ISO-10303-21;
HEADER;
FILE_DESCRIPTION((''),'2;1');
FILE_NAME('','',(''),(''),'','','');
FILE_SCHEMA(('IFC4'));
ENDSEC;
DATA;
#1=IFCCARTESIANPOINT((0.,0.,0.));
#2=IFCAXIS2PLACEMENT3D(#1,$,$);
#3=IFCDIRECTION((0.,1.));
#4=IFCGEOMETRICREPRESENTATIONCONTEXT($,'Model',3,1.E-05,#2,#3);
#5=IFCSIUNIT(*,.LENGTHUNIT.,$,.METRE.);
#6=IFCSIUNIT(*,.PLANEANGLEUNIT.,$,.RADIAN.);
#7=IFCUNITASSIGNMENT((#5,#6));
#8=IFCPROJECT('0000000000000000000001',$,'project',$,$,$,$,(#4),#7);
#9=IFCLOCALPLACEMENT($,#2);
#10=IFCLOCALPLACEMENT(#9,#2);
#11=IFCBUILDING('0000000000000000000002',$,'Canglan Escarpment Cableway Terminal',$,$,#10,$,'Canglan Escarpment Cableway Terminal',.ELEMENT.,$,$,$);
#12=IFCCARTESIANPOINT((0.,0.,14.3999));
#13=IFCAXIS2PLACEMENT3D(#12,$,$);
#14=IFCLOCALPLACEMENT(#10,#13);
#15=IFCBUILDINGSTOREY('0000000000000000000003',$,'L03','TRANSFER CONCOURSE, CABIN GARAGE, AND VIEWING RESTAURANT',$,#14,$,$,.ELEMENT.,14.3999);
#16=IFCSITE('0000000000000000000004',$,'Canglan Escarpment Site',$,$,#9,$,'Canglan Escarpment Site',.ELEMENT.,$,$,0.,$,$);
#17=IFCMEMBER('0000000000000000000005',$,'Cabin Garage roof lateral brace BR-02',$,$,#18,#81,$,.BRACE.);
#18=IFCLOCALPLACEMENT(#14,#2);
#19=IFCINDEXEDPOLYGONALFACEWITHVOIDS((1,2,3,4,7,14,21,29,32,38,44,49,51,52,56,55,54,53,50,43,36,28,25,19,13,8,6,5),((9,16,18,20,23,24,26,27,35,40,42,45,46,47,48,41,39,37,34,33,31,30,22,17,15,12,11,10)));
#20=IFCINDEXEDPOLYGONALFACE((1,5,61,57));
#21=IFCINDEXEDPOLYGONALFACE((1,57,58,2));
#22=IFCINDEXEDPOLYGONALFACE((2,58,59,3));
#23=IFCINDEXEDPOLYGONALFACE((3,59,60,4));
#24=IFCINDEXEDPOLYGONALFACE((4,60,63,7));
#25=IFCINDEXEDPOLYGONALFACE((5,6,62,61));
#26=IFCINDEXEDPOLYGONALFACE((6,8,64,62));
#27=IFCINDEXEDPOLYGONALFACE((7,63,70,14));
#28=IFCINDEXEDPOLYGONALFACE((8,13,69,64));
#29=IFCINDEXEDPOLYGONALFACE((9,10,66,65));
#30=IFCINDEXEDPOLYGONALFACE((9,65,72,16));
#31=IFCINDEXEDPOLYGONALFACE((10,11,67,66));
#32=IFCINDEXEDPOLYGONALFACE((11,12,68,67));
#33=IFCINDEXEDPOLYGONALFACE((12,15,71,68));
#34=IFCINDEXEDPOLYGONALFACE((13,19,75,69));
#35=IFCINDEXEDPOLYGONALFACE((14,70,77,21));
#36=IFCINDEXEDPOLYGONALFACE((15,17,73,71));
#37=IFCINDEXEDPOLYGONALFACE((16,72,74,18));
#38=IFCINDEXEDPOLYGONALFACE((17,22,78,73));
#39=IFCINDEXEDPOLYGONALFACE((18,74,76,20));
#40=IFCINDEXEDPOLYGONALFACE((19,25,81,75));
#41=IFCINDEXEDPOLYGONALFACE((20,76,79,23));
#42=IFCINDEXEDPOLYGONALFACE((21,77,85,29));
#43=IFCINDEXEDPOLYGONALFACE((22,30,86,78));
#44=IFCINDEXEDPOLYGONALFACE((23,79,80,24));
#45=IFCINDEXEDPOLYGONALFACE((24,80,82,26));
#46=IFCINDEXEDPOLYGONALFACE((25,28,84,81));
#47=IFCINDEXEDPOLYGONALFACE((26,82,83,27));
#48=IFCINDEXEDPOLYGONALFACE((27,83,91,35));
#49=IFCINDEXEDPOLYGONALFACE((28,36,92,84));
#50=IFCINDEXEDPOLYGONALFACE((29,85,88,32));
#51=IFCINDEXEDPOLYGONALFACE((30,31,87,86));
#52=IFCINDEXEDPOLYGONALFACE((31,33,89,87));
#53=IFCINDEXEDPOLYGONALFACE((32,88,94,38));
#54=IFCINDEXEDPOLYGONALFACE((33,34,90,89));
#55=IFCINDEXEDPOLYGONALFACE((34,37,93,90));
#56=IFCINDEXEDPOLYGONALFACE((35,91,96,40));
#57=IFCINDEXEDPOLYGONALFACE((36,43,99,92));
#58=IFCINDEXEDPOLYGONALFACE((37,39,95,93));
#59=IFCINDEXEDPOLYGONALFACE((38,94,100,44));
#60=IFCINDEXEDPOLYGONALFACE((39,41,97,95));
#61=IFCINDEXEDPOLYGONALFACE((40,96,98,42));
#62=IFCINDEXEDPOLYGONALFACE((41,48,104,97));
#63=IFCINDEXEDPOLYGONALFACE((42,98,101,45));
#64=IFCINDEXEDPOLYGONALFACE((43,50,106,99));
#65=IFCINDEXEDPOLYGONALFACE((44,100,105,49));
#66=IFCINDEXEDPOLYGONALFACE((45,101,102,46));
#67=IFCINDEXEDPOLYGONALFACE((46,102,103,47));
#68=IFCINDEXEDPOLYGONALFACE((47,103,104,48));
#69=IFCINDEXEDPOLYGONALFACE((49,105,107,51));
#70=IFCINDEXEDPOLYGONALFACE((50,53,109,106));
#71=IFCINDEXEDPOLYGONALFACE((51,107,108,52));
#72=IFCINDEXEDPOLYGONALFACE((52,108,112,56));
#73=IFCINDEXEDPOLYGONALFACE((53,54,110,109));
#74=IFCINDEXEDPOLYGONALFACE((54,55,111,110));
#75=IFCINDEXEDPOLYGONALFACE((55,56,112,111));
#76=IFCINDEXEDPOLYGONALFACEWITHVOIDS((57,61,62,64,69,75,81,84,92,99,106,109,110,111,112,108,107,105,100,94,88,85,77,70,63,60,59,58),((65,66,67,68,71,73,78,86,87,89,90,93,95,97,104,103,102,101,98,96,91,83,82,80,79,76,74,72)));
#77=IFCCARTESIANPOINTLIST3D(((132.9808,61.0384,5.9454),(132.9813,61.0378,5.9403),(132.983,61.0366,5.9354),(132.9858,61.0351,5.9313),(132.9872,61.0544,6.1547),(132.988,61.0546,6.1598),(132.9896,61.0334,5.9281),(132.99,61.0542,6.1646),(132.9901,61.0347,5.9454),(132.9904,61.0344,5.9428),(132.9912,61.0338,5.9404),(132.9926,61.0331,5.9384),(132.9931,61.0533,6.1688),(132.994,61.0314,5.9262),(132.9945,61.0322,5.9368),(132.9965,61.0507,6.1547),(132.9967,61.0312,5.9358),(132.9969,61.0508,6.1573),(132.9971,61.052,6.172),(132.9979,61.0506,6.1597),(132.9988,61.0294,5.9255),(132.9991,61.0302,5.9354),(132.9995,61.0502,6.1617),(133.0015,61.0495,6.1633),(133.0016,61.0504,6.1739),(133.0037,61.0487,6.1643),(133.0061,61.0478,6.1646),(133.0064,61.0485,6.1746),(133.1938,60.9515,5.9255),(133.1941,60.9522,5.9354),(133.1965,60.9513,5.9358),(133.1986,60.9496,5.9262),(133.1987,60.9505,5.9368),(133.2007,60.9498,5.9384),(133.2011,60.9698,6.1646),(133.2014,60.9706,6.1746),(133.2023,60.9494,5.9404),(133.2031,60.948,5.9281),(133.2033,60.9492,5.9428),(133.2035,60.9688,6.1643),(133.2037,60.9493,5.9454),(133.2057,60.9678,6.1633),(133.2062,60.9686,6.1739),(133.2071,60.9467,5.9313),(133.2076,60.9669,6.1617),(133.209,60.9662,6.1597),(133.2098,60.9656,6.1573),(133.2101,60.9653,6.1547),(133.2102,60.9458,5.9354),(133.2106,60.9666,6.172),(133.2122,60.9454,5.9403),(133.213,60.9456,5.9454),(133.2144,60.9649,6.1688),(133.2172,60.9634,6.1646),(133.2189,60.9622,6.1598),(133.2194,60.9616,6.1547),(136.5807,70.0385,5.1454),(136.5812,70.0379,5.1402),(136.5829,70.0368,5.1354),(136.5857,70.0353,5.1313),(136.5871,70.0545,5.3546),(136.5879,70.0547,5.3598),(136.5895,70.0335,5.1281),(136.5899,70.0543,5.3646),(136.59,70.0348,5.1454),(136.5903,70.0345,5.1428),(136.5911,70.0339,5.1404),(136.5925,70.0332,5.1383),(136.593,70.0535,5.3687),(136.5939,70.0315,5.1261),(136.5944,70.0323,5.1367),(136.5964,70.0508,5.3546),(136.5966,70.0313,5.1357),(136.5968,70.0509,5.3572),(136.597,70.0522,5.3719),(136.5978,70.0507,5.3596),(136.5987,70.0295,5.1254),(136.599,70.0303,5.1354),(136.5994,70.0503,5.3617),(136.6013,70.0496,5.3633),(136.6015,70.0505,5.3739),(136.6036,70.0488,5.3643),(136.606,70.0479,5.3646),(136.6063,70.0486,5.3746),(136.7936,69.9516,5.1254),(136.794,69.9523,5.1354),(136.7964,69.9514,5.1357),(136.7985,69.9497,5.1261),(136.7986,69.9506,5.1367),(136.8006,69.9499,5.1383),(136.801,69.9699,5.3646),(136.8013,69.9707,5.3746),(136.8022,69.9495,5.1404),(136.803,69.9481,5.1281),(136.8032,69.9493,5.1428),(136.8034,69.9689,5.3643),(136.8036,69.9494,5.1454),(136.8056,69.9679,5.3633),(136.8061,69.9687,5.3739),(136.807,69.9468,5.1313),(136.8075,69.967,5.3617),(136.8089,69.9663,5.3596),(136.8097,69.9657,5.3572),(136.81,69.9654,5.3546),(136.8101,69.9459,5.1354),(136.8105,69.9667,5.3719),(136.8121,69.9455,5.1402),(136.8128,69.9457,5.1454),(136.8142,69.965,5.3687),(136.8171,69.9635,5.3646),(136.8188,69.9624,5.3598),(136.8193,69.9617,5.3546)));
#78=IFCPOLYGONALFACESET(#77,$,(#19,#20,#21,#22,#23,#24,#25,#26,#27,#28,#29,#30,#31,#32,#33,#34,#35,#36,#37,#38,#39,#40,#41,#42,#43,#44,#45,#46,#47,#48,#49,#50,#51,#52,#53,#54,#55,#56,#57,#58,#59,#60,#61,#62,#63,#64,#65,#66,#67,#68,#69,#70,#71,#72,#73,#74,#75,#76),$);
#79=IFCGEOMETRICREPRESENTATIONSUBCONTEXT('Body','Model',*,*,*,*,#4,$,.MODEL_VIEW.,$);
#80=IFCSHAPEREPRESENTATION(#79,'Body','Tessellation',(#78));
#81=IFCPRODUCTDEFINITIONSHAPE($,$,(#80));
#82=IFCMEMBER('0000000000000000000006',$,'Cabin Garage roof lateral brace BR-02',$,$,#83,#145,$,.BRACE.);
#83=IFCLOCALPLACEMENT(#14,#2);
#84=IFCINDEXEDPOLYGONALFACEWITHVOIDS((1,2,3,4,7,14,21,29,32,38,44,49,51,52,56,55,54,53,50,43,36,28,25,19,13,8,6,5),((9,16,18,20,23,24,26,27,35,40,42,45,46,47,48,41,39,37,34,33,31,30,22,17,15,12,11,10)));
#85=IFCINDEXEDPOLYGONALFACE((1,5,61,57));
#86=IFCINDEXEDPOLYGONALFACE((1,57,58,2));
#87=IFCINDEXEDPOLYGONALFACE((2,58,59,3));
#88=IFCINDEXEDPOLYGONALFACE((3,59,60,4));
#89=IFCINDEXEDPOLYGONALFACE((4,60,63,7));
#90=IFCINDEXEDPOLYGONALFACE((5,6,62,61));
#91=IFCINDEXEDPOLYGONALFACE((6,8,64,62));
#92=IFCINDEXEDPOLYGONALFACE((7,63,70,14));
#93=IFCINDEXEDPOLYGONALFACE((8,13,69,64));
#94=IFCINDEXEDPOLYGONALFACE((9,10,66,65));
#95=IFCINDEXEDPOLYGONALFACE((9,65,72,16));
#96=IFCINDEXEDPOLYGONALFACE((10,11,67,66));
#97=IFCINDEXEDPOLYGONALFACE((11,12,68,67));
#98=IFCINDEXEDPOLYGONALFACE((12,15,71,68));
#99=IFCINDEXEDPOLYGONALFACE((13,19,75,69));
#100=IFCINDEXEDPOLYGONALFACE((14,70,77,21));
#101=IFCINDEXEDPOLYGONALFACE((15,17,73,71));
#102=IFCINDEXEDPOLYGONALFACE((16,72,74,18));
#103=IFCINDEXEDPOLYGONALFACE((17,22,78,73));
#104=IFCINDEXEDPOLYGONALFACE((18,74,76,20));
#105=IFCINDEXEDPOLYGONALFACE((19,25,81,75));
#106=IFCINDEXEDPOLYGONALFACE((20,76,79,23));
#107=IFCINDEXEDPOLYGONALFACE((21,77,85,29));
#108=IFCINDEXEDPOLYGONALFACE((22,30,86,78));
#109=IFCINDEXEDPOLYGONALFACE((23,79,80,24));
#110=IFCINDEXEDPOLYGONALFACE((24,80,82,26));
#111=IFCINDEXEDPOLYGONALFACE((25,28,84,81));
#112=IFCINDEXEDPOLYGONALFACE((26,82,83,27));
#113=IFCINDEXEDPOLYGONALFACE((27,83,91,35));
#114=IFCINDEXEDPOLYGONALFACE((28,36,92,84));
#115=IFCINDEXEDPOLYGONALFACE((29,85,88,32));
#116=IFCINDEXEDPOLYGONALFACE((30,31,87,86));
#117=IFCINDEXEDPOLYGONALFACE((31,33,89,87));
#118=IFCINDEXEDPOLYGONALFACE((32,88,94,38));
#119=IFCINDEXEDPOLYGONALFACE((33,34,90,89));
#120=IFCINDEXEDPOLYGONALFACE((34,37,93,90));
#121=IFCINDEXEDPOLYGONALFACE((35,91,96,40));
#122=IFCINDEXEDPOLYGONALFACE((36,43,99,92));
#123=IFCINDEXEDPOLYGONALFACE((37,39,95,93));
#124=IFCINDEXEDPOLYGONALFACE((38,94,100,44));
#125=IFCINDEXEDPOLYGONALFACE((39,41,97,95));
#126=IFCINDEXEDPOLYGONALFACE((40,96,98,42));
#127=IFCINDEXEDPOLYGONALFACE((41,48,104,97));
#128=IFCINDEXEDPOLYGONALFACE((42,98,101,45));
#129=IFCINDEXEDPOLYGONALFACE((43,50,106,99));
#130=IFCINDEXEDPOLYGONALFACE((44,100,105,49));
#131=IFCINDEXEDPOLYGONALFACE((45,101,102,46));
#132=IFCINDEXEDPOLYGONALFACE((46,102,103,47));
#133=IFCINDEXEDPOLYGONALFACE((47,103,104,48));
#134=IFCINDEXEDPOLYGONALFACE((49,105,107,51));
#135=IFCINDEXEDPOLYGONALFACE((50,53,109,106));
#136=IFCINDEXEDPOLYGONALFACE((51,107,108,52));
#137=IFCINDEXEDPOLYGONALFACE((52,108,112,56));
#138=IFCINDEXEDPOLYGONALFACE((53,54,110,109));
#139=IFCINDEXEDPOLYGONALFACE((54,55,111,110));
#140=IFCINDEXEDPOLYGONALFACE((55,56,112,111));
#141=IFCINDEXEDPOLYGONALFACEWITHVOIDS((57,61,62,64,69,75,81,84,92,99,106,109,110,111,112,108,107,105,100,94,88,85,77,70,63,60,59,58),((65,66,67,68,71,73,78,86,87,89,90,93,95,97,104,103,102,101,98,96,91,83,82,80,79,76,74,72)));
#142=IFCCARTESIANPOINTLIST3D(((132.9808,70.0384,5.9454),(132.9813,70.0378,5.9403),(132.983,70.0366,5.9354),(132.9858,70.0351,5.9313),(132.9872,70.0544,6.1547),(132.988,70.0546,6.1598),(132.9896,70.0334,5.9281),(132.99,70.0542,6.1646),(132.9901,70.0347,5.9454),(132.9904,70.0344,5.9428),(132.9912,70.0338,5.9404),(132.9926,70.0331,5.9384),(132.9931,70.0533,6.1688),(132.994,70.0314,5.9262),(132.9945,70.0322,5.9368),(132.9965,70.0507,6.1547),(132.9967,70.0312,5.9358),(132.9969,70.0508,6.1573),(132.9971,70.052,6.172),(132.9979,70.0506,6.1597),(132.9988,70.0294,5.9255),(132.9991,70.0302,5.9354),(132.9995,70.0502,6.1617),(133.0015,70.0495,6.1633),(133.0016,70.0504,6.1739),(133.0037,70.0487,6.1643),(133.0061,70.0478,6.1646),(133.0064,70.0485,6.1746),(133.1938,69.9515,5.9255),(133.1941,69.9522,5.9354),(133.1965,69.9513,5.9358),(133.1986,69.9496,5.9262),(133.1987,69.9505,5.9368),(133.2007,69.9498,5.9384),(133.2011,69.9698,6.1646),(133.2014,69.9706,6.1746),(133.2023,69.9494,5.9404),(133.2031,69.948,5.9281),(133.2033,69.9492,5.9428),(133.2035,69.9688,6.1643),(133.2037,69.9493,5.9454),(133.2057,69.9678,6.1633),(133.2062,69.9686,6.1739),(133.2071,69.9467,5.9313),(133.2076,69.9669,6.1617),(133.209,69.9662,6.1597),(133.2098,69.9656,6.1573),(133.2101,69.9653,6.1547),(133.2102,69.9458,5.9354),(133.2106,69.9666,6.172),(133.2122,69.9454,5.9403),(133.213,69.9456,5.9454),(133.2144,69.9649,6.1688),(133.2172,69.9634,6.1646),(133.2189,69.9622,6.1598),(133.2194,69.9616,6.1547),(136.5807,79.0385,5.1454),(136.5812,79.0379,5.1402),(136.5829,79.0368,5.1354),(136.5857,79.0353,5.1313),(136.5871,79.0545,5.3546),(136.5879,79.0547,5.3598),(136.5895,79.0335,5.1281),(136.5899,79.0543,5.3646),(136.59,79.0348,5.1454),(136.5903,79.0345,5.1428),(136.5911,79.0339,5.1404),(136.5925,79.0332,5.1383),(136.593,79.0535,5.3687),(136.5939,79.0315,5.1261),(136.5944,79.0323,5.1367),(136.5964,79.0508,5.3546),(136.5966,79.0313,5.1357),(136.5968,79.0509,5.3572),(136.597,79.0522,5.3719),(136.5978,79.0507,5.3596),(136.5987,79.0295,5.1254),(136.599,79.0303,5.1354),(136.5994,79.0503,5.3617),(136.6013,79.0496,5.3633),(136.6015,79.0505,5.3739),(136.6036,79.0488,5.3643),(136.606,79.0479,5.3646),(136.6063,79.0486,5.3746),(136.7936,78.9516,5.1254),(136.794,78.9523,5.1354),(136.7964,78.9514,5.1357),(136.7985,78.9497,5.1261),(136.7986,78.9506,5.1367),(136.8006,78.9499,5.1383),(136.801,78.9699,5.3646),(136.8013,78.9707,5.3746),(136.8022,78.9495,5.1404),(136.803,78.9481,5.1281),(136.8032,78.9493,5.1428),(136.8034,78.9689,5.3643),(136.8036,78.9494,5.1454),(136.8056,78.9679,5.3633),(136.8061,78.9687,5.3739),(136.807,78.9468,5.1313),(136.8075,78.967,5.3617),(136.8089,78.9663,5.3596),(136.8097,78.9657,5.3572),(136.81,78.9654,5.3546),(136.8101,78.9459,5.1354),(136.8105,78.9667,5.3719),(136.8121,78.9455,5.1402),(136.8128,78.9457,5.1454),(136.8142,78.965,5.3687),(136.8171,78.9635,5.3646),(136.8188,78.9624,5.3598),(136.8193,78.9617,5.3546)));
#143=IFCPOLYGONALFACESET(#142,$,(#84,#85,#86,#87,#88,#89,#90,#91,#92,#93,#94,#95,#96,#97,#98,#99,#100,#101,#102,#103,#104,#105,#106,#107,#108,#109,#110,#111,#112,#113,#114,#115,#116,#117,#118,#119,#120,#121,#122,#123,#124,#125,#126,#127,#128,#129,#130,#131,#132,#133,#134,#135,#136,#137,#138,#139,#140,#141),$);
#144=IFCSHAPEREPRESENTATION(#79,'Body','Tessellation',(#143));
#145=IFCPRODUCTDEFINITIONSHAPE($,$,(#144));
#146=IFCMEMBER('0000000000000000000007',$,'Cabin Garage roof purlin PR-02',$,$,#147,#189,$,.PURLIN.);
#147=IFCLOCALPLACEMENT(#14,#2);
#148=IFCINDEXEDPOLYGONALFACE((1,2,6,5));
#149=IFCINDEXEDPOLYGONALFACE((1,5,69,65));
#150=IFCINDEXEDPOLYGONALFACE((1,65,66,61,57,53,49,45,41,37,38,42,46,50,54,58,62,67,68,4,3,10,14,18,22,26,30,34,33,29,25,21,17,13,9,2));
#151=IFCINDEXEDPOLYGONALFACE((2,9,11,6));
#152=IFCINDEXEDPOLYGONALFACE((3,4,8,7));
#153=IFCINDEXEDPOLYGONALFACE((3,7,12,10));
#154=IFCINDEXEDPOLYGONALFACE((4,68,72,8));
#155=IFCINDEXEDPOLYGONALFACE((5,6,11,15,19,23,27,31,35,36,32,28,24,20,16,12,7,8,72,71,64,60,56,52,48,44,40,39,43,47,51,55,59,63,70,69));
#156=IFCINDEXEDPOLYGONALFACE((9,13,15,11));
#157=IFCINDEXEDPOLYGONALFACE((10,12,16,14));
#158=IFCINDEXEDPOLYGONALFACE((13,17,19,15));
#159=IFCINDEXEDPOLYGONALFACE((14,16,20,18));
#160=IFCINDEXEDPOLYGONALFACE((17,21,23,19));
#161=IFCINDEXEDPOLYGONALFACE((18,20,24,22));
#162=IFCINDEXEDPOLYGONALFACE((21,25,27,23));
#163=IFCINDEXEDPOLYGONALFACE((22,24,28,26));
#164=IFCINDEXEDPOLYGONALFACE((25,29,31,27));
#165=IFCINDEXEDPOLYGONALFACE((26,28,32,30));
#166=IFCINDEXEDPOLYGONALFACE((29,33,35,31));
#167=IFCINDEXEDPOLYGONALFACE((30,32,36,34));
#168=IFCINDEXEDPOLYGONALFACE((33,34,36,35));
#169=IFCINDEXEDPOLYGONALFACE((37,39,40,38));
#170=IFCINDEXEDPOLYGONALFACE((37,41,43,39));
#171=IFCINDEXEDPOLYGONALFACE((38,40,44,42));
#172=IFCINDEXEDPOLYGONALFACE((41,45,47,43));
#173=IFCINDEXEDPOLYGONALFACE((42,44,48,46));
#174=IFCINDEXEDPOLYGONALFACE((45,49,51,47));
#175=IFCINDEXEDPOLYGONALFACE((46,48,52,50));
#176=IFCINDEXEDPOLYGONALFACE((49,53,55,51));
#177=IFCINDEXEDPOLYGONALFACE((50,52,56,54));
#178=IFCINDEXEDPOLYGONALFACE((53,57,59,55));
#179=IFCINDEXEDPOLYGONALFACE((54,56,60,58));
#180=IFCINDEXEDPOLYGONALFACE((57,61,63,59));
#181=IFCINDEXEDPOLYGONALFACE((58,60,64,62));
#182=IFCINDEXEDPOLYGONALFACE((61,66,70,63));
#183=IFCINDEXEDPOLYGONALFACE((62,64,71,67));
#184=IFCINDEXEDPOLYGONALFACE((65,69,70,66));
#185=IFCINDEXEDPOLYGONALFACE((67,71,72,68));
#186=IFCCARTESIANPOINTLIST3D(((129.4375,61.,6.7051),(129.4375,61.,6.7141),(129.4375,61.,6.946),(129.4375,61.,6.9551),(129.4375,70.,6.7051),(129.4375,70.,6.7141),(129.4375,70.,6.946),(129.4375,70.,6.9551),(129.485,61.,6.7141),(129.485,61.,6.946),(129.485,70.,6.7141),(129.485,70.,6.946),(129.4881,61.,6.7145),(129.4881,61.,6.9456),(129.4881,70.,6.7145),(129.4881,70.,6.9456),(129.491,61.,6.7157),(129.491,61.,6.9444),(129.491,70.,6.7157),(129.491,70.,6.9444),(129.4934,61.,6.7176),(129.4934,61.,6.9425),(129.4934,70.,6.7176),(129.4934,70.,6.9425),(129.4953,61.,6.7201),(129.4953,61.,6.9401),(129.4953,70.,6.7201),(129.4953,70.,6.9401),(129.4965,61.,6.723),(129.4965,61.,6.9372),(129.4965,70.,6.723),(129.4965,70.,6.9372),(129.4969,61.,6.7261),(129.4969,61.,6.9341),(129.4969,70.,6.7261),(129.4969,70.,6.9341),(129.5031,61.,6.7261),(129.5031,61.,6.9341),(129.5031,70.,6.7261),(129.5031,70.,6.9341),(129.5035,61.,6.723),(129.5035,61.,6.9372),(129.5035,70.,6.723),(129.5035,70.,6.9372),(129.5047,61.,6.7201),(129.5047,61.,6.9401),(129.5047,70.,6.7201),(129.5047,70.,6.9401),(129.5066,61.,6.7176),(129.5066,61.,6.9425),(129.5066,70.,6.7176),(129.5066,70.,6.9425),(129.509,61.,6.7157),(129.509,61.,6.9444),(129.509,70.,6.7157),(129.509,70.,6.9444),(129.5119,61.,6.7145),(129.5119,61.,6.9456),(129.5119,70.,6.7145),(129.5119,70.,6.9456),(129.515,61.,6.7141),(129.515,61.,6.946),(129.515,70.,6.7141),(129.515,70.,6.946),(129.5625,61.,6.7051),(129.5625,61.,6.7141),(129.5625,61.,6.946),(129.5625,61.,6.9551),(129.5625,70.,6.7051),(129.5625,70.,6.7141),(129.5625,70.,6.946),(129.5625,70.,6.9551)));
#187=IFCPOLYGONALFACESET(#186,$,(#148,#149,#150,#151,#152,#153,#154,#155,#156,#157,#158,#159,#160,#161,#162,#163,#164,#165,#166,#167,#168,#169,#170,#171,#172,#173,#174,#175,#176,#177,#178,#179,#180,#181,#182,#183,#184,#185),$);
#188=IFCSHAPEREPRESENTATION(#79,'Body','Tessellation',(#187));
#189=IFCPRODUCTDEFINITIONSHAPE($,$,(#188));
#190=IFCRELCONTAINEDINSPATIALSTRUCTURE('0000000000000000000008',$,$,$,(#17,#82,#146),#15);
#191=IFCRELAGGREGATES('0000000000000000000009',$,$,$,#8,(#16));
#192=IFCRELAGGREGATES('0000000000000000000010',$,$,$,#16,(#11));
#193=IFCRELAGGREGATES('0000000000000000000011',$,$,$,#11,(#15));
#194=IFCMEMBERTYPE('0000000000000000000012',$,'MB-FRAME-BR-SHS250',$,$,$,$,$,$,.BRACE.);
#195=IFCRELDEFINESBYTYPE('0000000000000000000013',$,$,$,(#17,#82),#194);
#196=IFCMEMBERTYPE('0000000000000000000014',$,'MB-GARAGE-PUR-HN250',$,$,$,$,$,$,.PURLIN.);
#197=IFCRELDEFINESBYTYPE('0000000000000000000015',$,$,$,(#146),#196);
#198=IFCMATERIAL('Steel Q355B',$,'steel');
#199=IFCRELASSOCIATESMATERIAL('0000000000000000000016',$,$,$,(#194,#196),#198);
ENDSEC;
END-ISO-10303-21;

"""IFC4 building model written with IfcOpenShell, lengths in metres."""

from ifc_helpers import new_model, si_unit, direction, frame, origin, origin_2d, place, context, subcontext, project, spatial, hollow_rectangle, i_section, extrude, material, material_profile, profile_set, type_object, element, save


model = new_model("IFC4")

# Units and contexts
model_context = context("Model", 3, precision=1e-05, world=origin(), true_north=direction((0.0, 1.0)))
body_context = subcontext(model_context, "Body", "Model", "MODEL_VIEW")
ifc_project = project(units=[si_unit("LENGTHUNIT", "METRE"), si_unit("PLANEANGLEUNIT", "RADIAN")], contexts=[model_context])

# Site, building, storey
site_placement = place(None, origin())
site = spatial("IfcSite", under=ifc_project, at=site_placement, Name="Canglan Escarpment Site", LongName="Canglan Escarpment Site", CompositionType="ELEMENT", RefElevation=0.0)
building_placement = place(site_placement, origin())
building = spatial("IfcBuilding", under=site, at=building_placement, Name="Canglan Escarpment Cableway Terminal", LongName="Canglan Escarpment Cableway Terminal", CompositionType="ELEMENT")
storey_placement = place(building_placement, frame((0.0, 0.0, 14.3999)))
storey = spatial("IfcBuildingStorey", under=building, at=storey_placement, Name="L03", Description="TRANSFER CONCOURSE, CABIN GARAGE, AND VIEWING RESTAURANT", CompositionType="ELEMENT", Elevation=14.3999)

# Shared definitions
ifc_material_1 = material(Name="Steel Q355B", Category="steel")

# Members
ifc_material_profile_1 = material_profile(ifc_material_1, hollow_rectangle(XDim=0.25, YDim=0.25, WallThickness=0.01, InnerFilletRadius=0.01, OuterFilletRadius=0.02, at=origin_2d()), Name="SHS 250x250x10")
ifc_profile_set_1 = profile_set([ifc_material_profile_1], Name="Steel Q355B")
member_type_1 = type_object("IfcMemberType", Name="MB-FRAME-BR-SHS250", PredefinedType="BRACE", material=ifc_profile_set_1)
for number, where, z_axis, x_axis, name in (
    (1, (133.1001, 61.0, 6.05), (0.370119, 0.925335, -0.082257), (-0.928482, 0.371378, 0.0), "Cabin Garage roof lateral brace BR-02"),
    (2, (133.1001, 70.0, 6.05), (0.370119, 0.925335, -0.082257), (-0.928482, 0.371378, 0.0), "Cabin Garage roof lateral brace BR-02"),
):
    element("IfcMember", number, at=place(storey_placement, frame(where, z_axis=z_axis, x_axis=x_axis)), inside=storey, type_object=member_type_1, Name=name, PredefinedType="BRACE", context=body_context, shape_type="SweptSolid", body=[
        extrude(hollow_rectangle(XDim=0.25, YDim=0.25, WallThickness=0.01, InnerFilletRadius=0.01, OuterFilletRadius=0.02, at=origin_2d()), origin(), (0.0, 0.0, 1.0), 9.7263),
    ])
ifc_material_profile_2 = material_profile(ifc_material_1, i_section(OverallWidth=0.125, OverallDepth=0.25, WebThickness=0.0061, FlangeThickness=0.009, FilletRadius=0.012, at=origin_2d()), Name="HN 250x125x6x9")
ifc_profile_set_2 = profile_set([ifc_material_profile_2], Name="Steel Q355B")
member_type_2 = type_object("IfcMemberType", Name="MB-GARAGE-PUR-HN250", PredefinedType="PURLIN", material=ifc_profile_set_2)
for number, where, z_axis, x_axis, name in (
    (3, (129.5, 61.0, 6.8301), (0.0, 1.0, 0.0), (-1.0, 0.0, 0.0), "Cabin Garage roof purlin PR-02"),
):
    element("IfcMember", number, at=place(storey_placement, frame(where, z_axis=z_axis, x_axis=x_axis)), inside=storey, type_object=member_type_2, Name=name, PredefinedType="PURLIN", context=body_context, shape_type="SweptSolid", body=[
        extrude(i_section(OverallWidth=0.125, OverallDepth=0.25, WebThickness=0.0061, FlangeThickness=0.009, FilletRadius=0.012, at=origin_2d()), origin(), (0.0, 0.0, 1.0), 9.0),
    ])

save(model, "model.ifc")
